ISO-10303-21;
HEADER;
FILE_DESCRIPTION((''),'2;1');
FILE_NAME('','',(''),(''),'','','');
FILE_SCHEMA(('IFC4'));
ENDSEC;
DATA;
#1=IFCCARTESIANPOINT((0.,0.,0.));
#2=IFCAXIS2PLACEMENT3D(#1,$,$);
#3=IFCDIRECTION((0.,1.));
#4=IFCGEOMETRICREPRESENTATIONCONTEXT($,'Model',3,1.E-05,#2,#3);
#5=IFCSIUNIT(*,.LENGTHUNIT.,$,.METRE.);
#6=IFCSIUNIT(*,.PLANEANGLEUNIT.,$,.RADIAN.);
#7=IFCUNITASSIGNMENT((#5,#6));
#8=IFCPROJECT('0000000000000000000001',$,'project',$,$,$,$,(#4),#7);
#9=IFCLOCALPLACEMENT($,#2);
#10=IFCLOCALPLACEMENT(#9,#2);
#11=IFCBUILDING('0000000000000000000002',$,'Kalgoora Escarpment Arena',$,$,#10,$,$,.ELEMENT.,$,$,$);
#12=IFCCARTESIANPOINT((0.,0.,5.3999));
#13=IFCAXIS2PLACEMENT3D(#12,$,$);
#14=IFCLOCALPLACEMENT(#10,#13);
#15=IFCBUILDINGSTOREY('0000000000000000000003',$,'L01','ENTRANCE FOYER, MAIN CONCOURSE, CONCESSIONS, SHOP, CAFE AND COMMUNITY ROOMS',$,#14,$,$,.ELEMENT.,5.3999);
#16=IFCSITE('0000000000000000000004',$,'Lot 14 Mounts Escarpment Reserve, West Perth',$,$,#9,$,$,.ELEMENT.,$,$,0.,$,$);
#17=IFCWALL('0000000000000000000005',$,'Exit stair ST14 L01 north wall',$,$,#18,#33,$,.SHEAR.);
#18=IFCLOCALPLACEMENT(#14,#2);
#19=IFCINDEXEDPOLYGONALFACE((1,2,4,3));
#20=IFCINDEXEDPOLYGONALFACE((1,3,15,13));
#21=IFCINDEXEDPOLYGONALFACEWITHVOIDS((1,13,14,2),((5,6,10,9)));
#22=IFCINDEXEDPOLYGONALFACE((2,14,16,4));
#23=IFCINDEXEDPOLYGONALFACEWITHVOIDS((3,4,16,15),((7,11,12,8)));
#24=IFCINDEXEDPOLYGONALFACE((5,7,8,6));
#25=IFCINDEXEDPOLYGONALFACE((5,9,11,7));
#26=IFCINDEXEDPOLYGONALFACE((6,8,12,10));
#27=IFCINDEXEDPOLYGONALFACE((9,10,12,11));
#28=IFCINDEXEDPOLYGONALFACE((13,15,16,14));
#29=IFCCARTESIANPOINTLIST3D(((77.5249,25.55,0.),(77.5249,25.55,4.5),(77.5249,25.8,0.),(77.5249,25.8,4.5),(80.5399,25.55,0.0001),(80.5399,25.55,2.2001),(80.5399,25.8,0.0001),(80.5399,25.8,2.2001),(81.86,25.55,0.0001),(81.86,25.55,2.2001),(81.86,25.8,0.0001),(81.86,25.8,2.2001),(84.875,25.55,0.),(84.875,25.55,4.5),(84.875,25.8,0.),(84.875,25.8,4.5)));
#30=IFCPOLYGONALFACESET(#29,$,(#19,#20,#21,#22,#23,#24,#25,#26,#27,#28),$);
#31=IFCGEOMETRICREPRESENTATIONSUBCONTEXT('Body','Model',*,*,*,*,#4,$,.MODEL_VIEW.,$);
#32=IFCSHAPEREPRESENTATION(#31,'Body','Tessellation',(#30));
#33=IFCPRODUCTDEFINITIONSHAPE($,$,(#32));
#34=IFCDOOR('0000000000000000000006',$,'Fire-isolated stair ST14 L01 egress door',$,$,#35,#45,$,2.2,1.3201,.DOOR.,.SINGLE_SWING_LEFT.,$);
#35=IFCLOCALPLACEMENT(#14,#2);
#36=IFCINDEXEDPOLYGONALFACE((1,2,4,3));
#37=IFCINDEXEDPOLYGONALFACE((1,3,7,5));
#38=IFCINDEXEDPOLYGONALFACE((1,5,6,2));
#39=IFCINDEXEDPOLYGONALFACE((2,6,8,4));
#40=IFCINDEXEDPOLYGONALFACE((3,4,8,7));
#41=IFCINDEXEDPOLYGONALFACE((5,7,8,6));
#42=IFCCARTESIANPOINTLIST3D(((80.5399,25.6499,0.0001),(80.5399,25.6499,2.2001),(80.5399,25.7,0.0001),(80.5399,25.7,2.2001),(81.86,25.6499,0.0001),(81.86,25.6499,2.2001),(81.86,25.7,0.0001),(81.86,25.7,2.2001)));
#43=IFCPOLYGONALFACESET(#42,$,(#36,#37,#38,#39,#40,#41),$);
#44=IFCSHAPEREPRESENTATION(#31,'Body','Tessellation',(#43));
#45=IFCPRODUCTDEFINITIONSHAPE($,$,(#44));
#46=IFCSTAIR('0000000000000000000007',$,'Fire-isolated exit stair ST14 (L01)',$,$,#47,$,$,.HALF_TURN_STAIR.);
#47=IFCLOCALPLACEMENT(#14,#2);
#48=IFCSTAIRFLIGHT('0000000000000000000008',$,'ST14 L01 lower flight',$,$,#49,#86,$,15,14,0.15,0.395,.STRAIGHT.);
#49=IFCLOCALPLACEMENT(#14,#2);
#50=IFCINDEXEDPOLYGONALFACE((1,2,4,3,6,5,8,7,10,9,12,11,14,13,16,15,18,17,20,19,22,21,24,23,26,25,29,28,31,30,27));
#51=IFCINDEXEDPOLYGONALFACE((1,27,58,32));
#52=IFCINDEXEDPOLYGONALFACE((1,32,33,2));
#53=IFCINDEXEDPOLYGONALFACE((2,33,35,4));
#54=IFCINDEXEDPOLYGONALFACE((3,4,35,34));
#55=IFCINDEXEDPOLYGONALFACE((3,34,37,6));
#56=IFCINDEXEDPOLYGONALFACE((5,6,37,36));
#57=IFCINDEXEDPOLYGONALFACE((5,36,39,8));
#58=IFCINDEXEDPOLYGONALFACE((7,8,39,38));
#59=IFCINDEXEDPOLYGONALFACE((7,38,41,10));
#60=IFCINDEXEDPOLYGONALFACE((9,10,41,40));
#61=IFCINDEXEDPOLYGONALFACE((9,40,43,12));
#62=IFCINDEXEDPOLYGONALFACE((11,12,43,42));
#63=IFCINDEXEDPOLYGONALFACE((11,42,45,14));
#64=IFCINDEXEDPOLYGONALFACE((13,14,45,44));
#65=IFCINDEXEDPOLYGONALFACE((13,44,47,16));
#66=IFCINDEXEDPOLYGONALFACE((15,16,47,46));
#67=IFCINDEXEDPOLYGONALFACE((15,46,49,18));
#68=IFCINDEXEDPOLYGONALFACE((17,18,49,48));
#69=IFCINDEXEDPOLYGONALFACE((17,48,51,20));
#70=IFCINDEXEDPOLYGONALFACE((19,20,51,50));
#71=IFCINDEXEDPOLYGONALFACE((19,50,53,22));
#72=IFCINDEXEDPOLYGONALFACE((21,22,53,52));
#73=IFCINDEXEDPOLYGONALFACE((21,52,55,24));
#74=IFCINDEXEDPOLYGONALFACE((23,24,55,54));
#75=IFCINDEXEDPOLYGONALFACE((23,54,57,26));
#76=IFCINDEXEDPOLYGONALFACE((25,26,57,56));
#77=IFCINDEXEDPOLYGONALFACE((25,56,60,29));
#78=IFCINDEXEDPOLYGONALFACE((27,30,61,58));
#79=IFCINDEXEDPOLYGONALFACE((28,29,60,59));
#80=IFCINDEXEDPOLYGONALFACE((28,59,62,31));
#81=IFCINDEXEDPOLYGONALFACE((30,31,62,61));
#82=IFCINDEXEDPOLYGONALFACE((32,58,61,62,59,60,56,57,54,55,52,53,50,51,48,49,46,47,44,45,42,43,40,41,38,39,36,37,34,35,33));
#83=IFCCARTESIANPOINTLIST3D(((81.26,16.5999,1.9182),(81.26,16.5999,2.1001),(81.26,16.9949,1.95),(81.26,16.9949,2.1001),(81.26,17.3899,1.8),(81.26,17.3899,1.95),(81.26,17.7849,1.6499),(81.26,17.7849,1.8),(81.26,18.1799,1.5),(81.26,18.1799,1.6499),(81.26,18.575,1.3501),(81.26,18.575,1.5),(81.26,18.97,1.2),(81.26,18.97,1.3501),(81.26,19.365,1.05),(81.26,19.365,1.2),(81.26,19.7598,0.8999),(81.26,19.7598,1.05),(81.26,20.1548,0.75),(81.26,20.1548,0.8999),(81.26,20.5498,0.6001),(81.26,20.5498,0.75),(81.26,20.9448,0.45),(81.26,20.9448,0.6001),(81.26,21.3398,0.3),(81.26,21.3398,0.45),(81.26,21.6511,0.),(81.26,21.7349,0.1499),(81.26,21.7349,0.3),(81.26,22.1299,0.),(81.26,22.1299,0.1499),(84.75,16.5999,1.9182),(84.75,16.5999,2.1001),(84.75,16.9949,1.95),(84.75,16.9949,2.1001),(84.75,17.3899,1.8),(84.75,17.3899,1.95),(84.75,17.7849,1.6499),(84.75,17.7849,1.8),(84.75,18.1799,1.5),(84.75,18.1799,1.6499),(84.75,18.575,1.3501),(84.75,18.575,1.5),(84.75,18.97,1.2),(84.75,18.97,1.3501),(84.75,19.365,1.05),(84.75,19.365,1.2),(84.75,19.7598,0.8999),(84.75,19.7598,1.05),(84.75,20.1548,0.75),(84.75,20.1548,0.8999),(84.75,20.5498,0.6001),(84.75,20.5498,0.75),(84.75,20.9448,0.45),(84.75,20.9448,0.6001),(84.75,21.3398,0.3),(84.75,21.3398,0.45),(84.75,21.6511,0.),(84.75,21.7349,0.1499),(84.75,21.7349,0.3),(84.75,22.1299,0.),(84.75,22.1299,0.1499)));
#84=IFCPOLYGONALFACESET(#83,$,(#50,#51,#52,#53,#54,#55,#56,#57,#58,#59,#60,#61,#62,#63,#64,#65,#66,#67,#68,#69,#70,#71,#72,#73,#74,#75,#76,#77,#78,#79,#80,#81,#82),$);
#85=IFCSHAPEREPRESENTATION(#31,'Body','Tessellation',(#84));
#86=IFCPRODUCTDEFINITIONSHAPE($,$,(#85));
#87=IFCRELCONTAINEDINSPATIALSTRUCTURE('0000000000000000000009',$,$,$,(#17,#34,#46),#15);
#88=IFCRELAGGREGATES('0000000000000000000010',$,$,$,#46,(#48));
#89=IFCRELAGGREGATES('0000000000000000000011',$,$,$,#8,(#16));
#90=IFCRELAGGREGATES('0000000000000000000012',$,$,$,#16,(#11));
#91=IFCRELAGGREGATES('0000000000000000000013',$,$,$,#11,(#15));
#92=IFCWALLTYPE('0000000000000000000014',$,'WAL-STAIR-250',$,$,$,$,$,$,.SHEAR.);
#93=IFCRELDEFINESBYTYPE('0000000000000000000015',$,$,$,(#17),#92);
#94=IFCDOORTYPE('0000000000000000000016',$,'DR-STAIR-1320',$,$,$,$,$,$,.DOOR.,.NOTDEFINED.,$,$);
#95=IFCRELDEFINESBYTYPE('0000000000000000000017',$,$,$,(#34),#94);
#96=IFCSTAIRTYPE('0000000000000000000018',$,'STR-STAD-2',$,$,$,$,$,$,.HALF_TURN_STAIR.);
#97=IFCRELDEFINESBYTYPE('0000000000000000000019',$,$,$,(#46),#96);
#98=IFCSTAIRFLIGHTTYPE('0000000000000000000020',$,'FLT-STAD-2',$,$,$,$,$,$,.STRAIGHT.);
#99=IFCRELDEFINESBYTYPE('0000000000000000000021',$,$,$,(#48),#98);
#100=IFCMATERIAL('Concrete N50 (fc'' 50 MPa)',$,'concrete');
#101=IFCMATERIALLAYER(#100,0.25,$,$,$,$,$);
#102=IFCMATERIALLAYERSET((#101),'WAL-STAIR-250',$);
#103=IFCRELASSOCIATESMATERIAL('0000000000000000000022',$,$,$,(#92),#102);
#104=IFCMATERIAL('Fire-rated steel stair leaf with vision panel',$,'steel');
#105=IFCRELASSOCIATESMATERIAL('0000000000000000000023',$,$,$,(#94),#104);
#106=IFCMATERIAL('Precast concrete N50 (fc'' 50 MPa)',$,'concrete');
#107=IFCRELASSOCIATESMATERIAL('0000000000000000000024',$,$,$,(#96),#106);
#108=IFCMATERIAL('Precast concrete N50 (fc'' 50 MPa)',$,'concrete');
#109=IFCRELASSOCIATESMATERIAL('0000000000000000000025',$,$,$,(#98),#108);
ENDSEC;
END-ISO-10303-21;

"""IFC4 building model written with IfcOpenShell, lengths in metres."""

from ifc_helpers import new_model, si_unit, direction, frame, frame_2d, origin, place, context, subcontext, project, spatial, polyline, rectangle, outline, extrude, material, layer, layer_set, type_object, element, fill, aggregate, save


model = new_model("IFC4")

# Units and contexts
model_context = context("Model", 3, precision=1e-05, world=origin(), true_north=direction((0.0, 1.0)))
body_context = subcontext(model_context, "Body", "Model", "MODEL_VIEW")
ifc_project = project(units=[si_unit("LENGTHUNIT", "METRE"), si_unit("PLANEANGLEUNIT", "RADIAN")], contexts=[model_context])

# Site, building, storey
site_placement = place(None, origin())
site = spatial("IfcSite", under=ifc_project, at=site_placement, Name="Lot 14 Mounts Escarpment Reserve, West Perth", CompositionType="ELEMENT", RefElevation=0.0)
building_placement = place(site_placement, origin())
building = spatial("IfcBuilding", under=site, at=building_placement, Name="Kalgoora Escarpment Arena", CompositionType="ELEMENT")
storey_placement = place(building_placement, frame((0.0, 0.0, 5.3999)))
storey = spatial("IfcBuildingStorey", under=building, at=storey_placement, Name="L01", Description="ENTRANCE FOYER, MAIN CONCOURSE, CONCESSIONS, SHOP, CAFE AND COMMUNITY ROOMS", CompositionType="ELEMENT", Elevation=5.3999)

# Wall, opening, door
ifc_material_1 = material(Name="Concrete N50 (fc' 50 MPa)", Category="concrete")
ifc_layer_1 = layer(ifc_material_1, 0.25)
ifc_layer_set_1 = layer_set([ifc_layer_1], Name="WAL-STAIR-250")
wall_type_1 = type_object("IfcWallType", Name="WAL-STAIR-250", PredefinedType="SHEAR", material=ifc_layer_set_1)
wall_1_placement = place(storey_placement, frame((77.5249, 25.675, 0.0), z_axis=(0.0, 0.0, 1.0), x_axis=(1.0, 0.0, 0.0)))
wall_1 = element("IfcWall", 1, at=wall_1_placement, inside=storey, type_object=wall_type_1, Name="Exit stair ST14 L01 north wall", PredefinedType="SHEAR", context=body_context, shape_type="SweptSolid", body=[
    extrude(rectangle(XDim=7.3501, YDim=0.25, at=frame_2d((3.675, 0.0))), origin(), (0.0, 0.0, 1.0), 4.5),
])
opening_placement = place(wall_1_placement, frame((3.0149, 0.0, 0.0)))
opening = element("IfcOpeningElement", 2, at=opening_placement, cuts=wall_1, PredefinedType="OPENING", context=body_context, shape_type="SweptSolid", body=[
    extrude(rectangle(XDim=1.3201, YDim=2.2, at=frame_2d((0.6602, 1.1001))), frame((0.0, 0.135, 0.0), z_axis=(0.0, -1.0, 0.0), x_axis=(1.0, 0.0, 0.0)), (0.0, 0.0, 1.0), 0.27),
])
ifc_material_2 = material(Name="Fire-rated steel stair leaf with vision panel", Category="steel")
door_type = type_object("IfcDoorType", Name="DR-STAIR-1320", OperationType="NOTDEFINED", PredefinedType="DOOR", material=ifc_material_2)
door_placement = place(opening_placement, origin())
door = element("IfcDoor", 3, at=door_placement, inside=storey, type_object=door_type, Name="Fire-isolated stair ST14 L01 egress door", OperationType="SINGLE_SWING_LEFT", OverallHeight=2.2, OverallWidth=1.3201, PredefinedType="DOOR", context=body_context, shape_type="SweptSolid", body=[
    extrude(rectangle(XDim=1.3201, YDim=2.2, at=frame_2d((0.6602, 1.1001))), frame((0.0, 0.0249, 0.0), z_axis=(0.0, -1.0, 0.0), x_axis=(1.0, 0.0, 0.0)), (0.0, 0.0, 1.0), 0.05),
])
fill(opening, door)

# Stair, stair flight
ifc_material_3 = material(Name="Precast concrete N50 (fc' 50 MPa)", Category="concrete")
stair_type = type_object("IfcStairType", Name="STR-STAD-2", PredefinedType="HALF_TURN_STAIR", material=ifc_material_3)
stair_placement = place(storey_placement, origin())
stair = element("IfcStair", 4, at=stair_placement, inside=storey, type_object=stair_type, Name="Fire-isolated exit stair ST14 (L01)", PredefinedType="HALF_TURN_STAIR")
ifc_material_4 = material(Name="Precast concrete N50 (fc' 50 MPa)", Category="concrete")
stair_flight_type = type_object("IfcStairFlightType", Name="FLT-STAD-2", PredefinedType="STRAIGHT", material=ifc_material_4)
stair_flight_placement = place(storey_placement, frame((83.0049, 22.1299, 0.0), z_axis=(0.0, 0.0, 1.0), x_axis=(0.0, -1.0, 0.0)))
stair_flight = element("IfcStairFlight", 5, at=stair_flight_placement, type_object=stair_flight_type, Name="ST14 L01 lower flight", NumberOfRisers=15, NumberOfTreads=14, PredefinedType="STRAIGHT", RiserHeight=0.15, TreadLength=0.395, context=body_context, shape_type="SweptSolid", body=[
    extrude(outline(polyline([(0.0, 0.0), (0.0, 0.1499), (0.395, 0.1499), (0.395, 0.3), (0.79, 0.3), (0.79, 0.45), (1.1851, 0.45), (1.1851, 0.6001), (1.5801, 0.6001), (1.5801, 0.75), (1.9751, 0.75), (1.9751, 0.8999), (2.3701, 0.8999), (2.3701, 1.05), (2.7649, 1.05), (2.7649, 1.2), (3.1599, 1.2), (3.1599, 1.3501), (3.5549, 1.3501), (3.5549, 1.5), (3.95, 1.5), (3.95, 1.6499), (4.345, 1.6499), (4.345, 1.8), (4.74, 1.8), (4.74, 1.95), (5.135, 1.95), (5.135, 2.1001), (5.53, 2.1001), (5.53, 2.25), (5.53, 1.9182), (0.4788, 0.0), (0.0, 0.0)])), frame((0.0, 1.7451, 0.0), z_axis=(0.0, -1.0, 0.0), x_axis=(1.0, 0.0, 0.0)), (0.0, 0.0, 1.0), 3.49),
])
aggregate(stair, [stair_flight])

save(model, "model.ifc")
